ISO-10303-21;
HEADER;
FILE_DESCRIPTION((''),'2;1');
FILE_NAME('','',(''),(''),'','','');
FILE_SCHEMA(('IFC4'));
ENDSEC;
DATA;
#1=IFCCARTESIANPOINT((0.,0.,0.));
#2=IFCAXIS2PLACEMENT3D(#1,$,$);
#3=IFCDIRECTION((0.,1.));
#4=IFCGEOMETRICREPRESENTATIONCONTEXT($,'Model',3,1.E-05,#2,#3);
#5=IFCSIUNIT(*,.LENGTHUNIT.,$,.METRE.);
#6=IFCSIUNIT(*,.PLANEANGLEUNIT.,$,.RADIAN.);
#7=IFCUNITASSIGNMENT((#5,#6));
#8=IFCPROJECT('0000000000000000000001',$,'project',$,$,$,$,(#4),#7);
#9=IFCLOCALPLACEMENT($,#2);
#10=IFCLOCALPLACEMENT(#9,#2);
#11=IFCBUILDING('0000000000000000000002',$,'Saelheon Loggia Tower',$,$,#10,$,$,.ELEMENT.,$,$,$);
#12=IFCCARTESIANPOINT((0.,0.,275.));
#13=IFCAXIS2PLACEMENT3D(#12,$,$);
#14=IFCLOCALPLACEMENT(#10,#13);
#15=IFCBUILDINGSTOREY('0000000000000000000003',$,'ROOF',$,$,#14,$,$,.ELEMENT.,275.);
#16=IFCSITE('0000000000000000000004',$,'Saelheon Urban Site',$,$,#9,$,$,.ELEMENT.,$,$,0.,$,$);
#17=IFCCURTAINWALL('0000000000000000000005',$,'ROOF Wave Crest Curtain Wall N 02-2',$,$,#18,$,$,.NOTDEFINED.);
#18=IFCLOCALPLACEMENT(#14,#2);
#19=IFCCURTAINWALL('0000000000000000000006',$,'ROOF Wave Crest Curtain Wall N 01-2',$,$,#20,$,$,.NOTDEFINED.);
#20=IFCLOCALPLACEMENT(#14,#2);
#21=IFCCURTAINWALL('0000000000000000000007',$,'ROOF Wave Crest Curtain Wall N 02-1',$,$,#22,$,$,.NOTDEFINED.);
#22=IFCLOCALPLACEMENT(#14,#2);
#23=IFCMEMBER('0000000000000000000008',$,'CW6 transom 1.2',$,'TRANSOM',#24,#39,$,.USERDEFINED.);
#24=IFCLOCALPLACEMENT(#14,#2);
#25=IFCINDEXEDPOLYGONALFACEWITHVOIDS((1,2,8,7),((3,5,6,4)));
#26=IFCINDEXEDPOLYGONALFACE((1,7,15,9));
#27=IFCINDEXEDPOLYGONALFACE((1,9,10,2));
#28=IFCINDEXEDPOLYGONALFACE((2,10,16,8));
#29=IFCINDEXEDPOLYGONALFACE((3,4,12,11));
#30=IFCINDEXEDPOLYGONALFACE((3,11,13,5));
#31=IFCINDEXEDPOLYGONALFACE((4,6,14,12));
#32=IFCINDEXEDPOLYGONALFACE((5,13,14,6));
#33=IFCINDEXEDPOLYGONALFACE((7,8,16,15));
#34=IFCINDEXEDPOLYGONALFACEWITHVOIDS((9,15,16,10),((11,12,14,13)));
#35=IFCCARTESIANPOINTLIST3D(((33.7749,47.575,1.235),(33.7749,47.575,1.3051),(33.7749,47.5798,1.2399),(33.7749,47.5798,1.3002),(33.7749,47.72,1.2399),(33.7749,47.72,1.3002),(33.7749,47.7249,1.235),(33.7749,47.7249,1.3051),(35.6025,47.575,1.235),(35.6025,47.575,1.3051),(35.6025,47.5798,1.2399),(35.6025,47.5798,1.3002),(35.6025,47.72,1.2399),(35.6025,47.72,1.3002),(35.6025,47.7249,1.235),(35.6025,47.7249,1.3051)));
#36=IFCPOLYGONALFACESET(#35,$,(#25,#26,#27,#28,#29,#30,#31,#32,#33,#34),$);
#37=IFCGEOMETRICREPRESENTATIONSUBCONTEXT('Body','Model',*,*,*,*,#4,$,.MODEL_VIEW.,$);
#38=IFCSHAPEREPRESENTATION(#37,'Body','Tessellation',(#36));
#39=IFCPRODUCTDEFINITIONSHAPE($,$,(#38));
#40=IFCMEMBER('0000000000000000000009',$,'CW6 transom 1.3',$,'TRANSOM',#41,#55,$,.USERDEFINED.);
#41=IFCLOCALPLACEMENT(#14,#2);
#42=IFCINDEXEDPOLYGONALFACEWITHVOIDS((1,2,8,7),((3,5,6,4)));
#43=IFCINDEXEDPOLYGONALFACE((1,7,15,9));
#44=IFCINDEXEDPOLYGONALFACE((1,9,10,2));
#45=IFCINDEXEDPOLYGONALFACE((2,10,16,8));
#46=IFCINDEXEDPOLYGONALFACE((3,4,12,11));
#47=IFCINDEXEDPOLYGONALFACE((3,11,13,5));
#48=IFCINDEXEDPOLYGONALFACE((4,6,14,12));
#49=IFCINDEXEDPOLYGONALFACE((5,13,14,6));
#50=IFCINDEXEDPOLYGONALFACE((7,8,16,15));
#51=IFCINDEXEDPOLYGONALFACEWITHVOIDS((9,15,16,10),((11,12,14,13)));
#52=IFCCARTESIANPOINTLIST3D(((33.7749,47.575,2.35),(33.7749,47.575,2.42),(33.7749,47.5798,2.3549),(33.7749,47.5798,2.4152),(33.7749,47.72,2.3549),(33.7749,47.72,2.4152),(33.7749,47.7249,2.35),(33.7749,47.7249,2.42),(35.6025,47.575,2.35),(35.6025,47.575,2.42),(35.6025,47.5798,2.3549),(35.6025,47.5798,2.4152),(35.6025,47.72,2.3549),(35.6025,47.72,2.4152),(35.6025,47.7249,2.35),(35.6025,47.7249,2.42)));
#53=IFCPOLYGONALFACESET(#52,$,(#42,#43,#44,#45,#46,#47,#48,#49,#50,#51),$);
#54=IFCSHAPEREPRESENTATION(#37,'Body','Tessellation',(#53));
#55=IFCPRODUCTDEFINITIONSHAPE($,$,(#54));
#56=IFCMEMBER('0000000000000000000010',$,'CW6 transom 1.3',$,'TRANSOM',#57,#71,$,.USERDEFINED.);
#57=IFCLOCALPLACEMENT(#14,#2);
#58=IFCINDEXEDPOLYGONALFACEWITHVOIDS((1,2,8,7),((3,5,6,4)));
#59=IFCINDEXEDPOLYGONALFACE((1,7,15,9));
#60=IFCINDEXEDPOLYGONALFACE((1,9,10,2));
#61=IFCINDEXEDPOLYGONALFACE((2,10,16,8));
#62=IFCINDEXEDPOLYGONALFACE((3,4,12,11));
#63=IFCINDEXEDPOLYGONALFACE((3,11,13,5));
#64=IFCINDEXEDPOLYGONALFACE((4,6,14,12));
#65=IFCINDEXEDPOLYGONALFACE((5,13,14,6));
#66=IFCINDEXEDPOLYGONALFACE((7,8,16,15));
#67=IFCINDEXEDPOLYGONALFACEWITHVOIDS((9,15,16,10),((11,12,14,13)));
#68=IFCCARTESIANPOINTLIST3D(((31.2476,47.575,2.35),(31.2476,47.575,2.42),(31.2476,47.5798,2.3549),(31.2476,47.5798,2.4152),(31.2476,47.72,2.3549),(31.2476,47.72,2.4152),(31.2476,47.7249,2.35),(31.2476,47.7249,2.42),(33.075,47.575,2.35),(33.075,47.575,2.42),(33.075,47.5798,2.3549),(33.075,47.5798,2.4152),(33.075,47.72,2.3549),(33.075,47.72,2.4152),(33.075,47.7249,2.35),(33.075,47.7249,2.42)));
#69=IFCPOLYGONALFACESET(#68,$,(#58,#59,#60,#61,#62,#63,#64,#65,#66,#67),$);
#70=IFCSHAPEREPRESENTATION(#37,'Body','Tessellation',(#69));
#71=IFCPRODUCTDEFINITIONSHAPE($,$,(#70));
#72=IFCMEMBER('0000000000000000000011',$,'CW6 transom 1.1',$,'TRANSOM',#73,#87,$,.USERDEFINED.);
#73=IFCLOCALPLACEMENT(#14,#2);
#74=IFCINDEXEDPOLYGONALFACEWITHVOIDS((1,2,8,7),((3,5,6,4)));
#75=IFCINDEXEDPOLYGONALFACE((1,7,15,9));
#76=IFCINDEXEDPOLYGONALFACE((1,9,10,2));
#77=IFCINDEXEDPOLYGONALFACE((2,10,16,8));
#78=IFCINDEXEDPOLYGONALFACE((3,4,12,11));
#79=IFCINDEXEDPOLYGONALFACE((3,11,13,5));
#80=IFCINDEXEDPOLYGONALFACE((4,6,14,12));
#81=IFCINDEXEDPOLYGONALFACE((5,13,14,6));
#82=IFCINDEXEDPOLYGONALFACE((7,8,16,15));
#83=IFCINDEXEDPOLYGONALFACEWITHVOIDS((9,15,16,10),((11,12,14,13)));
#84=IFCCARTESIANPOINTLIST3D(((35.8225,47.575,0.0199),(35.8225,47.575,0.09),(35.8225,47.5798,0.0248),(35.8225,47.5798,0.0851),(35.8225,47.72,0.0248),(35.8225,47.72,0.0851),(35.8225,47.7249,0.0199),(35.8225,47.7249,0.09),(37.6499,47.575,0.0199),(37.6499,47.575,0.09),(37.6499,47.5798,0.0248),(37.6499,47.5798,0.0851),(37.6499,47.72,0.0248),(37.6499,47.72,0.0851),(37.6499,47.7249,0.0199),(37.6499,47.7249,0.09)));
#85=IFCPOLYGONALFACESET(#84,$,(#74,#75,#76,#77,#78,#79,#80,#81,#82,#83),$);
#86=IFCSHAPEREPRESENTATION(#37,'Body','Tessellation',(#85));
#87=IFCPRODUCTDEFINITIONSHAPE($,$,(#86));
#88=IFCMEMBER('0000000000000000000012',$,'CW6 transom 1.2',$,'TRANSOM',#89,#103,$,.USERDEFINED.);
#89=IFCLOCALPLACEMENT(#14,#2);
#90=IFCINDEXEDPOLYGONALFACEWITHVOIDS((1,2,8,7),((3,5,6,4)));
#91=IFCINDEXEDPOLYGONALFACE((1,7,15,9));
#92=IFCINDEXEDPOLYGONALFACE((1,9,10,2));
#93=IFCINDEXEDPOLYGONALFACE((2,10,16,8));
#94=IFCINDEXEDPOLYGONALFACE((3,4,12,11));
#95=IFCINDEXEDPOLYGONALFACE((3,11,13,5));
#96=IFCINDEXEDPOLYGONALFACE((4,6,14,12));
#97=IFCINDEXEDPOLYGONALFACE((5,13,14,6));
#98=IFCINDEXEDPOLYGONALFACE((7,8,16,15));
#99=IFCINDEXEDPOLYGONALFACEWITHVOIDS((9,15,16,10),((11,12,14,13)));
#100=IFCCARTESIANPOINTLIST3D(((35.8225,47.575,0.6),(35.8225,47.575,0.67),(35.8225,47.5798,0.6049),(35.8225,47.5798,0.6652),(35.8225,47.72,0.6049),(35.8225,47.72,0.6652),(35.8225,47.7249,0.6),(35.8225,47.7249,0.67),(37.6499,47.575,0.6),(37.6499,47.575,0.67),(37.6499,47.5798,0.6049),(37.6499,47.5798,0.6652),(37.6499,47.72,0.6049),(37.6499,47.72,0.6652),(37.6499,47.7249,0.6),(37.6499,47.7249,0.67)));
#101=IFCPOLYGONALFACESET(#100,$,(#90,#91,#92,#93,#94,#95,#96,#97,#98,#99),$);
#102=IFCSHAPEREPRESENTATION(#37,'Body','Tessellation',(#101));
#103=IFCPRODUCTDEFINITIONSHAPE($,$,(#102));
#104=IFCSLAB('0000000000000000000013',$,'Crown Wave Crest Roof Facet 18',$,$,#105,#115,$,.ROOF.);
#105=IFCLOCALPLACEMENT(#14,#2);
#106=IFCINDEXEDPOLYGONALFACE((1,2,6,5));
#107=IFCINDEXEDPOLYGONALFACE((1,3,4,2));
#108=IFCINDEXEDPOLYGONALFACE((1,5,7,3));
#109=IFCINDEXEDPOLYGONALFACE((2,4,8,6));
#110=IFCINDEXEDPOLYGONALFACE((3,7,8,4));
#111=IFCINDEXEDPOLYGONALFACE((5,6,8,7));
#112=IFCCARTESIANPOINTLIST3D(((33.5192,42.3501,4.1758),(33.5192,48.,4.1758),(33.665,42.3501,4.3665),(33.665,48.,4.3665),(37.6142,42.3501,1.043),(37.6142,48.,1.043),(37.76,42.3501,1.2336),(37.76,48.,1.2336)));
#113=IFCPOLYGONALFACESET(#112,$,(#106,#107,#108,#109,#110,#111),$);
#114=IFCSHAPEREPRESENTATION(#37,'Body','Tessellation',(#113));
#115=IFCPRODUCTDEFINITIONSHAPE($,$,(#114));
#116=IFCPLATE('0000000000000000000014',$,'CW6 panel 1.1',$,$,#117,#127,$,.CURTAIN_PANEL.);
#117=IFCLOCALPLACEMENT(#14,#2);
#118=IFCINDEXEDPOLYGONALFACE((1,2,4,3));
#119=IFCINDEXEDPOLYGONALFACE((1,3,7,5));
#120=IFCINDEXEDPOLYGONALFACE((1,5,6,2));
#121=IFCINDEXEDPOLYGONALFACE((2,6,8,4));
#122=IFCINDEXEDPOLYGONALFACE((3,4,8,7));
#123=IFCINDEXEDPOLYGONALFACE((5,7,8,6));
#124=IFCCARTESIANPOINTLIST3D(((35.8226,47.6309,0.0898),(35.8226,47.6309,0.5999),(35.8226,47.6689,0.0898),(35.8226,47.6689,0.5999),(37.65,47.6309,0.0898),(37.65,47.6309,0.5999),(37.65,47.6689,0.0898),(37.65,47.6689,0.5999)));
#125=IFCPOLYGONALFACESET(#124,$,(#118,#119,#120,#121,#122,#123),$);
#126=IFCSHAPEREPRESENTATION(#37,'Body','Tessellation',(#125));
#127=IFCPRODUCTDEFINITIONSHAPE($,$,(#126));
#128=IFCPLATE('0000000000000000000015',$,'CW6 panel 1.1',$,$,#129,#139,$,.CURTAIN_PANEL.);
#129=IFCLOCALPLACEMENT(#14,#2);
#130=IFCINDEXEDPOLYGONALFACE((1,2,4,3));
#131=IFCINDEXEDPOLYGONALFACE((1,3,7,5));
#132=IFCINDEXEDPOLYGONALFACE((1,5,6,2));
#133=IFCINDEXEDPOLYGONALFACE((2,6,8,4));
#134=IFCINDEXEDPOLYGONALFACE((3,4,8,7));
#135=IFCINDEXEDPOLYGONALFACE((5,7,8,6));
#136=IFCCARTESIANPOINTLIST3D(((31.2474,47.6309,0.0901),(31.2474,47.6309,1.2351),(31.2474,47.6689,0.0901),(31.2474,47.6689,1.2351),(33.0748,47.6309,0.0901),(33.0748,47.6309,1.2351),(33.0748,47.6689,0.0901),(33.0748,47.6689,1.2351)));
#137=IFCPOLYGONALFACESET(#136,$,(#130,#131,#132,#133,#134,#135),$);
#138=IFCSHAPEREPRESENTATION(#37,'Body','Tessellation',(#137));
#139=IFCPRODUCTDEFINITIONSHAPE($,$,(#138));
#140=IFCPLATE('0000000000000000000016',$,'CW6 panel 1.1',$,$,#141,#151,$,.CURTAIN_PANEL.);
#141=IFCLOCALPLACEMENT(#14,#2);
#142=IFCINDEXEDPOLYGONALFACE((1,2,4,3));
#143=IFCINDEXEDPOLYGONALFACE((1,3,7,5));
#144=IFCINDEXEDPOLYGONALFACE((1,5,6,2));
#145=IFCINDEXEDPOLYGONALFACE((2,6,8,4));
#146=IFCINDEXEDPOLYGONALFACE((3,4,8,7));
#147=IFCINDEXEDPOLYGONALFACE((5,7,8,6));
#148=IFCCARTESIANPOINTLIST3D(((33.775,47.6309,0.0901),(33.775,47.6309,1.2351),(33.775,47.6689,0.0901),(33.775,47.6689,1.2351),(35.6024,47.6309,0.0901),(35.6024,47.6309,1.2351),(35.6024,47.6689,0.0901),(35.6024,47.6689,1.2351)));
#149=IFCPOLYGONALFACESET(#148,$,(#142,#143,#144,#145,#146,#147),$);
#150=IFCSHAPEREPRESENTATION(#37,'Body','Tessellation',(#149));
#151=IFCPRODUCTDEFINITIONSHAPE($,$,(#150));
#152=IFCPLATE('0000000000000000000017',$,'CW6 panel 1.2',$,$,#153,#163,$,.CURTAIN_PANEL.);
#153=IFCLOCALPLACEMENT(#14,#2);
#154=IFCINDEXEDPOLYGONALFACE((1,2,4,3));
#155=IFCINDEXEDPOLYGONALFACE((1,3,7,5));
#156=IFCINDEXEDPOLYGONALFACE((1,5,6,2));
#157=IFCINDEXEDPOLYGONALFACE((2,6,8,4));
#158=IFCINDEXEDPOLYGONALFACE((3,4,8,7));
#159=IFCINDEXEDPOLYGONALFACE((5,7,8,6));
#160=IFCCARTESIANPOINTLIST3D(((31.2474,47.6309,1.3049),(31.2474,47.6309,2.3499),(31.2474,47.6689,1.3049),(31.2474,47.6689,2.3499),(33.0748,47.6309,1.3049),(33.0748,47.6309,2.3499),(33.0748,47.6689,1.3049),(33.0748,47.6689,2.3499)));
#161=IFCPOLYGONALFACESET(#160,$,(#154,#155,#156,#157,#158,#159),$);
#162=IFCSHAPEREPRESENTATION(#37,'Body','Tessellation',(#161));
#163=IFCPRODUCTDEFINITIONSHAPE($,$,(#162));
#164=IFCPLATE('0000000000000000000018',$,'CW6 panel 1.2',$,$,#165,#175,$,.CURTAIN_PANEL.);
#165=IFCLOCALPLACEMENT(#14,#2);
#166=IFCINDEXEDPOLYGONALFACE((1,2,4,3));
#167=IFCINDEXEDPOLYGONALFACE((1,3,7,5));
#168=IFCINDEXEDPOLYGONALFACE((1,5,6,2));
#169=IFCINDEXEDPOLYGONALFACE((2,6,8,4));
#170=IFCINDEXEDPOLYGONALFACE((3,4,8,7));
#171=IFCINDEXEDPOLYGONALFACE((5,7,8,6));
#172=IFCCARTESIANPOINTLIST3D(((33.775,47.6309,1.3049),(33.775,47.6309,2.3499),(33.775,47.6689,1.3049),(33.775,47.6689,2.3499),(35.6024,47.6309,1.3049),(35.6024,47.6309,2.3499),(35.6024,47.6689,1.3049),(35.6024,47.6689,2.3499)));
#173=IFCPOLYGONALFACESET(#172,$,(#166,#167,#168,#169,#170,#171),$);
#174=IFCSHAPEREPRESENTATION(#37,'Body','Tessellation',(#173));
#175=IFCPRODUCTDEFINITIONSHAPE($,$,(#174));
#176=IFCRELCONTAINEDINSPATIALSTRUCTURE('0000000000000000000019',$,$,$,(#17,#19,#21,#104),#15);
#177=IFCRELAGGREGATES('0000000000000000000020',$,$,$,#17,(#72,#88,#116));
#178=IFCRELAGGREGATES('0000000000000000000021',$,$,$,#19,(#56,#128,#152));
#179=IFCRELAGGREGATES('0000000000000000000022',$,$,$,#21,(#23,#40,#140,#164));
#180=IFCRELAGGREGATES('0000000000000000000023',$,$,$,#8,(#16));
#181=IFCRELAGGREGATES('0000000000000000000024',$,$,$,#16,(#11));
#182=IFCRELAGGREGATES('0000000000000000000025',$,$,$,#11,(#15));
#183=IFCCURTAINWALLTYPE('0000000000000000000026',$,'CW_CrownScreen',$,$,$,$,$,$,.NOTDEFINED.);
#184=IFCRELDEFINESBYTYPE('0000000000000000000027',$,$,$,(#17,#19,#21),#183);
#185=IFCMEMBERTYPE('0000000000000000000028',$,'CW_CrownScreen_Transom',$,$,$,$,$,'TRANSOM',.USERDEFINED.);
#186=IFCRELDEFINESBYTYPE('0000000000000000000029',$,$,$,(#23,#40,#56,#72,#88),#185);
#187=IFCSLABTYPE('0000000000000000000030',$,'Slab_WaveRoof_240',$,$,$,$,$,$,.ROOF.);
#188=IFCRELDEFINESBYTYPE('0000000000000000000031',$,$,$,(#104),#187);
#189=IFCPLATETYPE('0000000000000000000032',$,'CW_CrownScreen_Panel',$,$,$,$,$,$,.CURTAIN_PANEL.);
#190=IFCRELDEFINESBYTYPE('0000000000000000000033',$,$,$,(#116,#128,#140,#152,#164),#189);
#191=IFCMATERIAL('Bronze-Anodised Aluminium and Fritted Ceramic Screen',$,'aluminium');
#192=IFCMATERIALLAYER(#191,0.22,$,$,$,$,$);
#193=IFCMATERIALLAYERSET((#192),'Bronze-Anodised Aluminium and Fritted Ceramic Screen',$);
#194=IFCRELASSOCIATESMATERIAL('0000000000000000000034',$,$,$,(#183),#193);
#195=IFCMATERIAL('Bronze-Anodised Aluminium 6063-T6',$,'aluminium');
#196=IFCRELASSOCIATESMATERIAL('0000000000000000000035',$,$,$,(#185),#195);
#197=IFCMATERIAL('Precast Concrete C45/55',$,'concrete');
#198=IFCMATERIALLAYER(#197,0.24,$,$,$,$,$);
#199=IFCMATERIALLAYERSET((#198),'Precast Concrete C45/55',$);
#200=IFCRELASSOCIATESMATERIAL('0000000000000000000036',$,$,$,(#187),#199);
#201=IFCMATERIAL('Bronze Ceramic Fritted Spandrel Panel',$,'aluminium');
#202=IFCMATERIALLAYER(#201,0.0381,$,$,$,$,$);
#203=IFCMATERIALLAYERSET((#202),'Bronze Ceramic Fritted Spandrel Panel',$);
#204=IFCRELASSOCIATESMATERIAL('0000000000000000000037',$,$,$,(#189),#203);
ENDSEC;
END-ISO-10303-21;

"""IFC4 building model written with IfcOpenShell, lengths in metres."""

from ifc_helpers import new_model, si_unit, direction, frame, origin, origin_2d, place, context, subcontext, project, spatial, polyline, rectangle, hollow_rectangle, outline, extrude, source, transform, mapped, material, layer, layer_set, material_profile, profile_set, type_object, element, aggregate, save


model = new_model("IFC4")

# Units and contexts
model_context = context("Model", 3, precision=1e-05, world=origin(), true_north=direction((0.0, 1.0)))
body_context = subcontext(model_context, "Body", "Model", "MODEL_VIEW")
ifc_project = project(units=[si_unit("LENGTHUNIT", "METRE"), si_unit("PLANEANGLEUNIT", "RADIAN")], contexts=[model_context])

# Site, building, storey
site_placement = place(None, origin())
site = spatial("IfcSite", under=ifc_project, at=site_placement, Name="Saelheon Urban Site", CompositionType="ELEMENT", RefElevation=0.0)
building_placement = place(site_placement, origin())
building = spatial("IfcBuilding", under=site, at=building_placement, Name="Saelheon Loggia Tower", CompositionType="ELEMENT")
storey_placement = place(building_placement, frame((0.0, 0.0, 275.0)))
storey = spatial("IfcBuildingStorey", under=building, at=storey_placement, Name="ROOF", CompositionType="ELEMENT", Elevation=275.0)

# Curtain walls
ifc_material_1 = material(Name="Bronze-Anodised Aluminium and Fritted Ceramic Screen", Category="aluminium")
ifc_layer_1 = layer(ifc_material_1, 0.22)
ifc_layer_set_1 = layer_set([ifc_layer_1], Name="Bronze-Anodised Aluminium and Fritted Ceramic Screen")
curtain_wall_type = type_object("IfcCurtainWallType", Name="CW_CrownScreen", PredefinedType="NOTDEFINED", material=ifc_layer_set_1)
curtain_wall_1_placement = place(storey_placement, origin())
curtain_wall_1 = element("IfcCurtainWall", 1, at=curtain_wall_1_placement, inside=storey, type_object=curtain_wall_type, Name="ROOF Wave Crest Curtain Wall N 02-2", PredefinedType="NOTDEFINED")
ifc_material_2 = material(Name="Bronze-Anodised Aluminium 6063-T6", Category="aluminium")
curtain_wall_2_placement = place(storey_placement, origin())
curtain_wall_2 = element("IfcCurtainWall", 2, at=curtain_wall_2_placement, inside=storey, type_object=curtain_wall_type, Name="ROOF Wave Crest Curtain Wall N 01-2", PredefinedType="NOTDEFINED")

# Curtain wall, members
curtain_wall_3_placement = place(storey_placement, origin())
curtain_wall_3 = element("IfcCurtainWall", 3, at=curtain_wall_3_placement, inside=storey, type_object=curtain_wall_type, Name="ROOF Wave Crest Curtain Wall N 02-1", PredefinedType="NOTDEFINED")
ifc_material_profile_1 = material_profile(ifc_material_2, hollow_rectangle(XDim=0.0701, YDim=0.1499, WallThickness=0.0049, at=origin_2d()), Name="RHS-150x70x5")
ifc_profile_set_1 = profile_set([ifc_material_profile_1], Name="Bronze-Anodised Aluminium 6063-T6")
member_type_1 = type_object("IfcMemberType", Name="CW_CrownScreen_Transom", ElementType="TRANSOM", PredefinedType="USERDEFINED", material=ifc_profile_set_1)
shared_shape_1 = source(origin(), body_context, "Body", "SweptSolid", [
    extrude(hollow_rectangle(XDim=0.0701, YDim=0.1499, WallThickness=0.0049, at=origin_2d()), origin(), (0.0, 0.0, 1.0), 1.8276),
])
member_1_placement = place(storey_placement, frame((33.7749, 47.6499, 1.27), z_axis=(1.0, 0.0, 0.0), x_axis=(0.0, 0.0, 1.0)))
member_1 = element("IfcMember", 4, at=member_1_placement, type_object=member_type_1, Name="CW6 transom 1.2", ObjectType="TRANSOM", PredefinedType="USERDEFINED", context=body_context, shape_type="MappedRepresentation", body=[
    mapped(shared_shape_1, transform((0.0, 0.0, 0.0), scale=1.0)),
])
member_2_placement = place(storey_placement, frame((33.7749, 47.6499, 2.385), z_axis=(1.0, 0.0, 0.0), x_axis=(0.0, 0.0, 1.0)))
member_2 = element("IfcMember", 5, at=member_2_placement, type_object=member_type_1, Name="CW6 transom 1.3", ObjectType="TRANSOM", PredefinedType="USERDEFINED", context=body_context, shape_type="MappedRepresentation", body=[
    mapped(shared_shape_1, transform((0.0, 0.0, 0.0), scale=1.0)),
])

# Members
shared_shape_2 = source(origin(), body_context, "Body", "SweptSolid", [
    extrude(hollow_rectangle(XDim=0.0701, YDim=0.1499, WallThickness=0.0049, at=origin_2d()), origin(), (0.0, 0.0, 1.0), 1.8274),
])
member_3_placement = place(storey_placement, frame((31.2476, 47.6499, 2.385), z_axis=(1.0, 0.0, 0.0), x_axis=(0.0, 0.0, 1.0)))
member_3 = element("IfcMember", 6, at=member_3_placement, type_object=member_type_1, Name="CW6 transom 1.3", ObjectType="TRANSOM", PredefinedType="USERDEFINED", context=body_context, shape_type="MappedRepresentation", body=[
    mapped(shared_shape_2, transform((0.0, 0.0, 0.0), scale=1.0)),
])
member_4_placement = place(storey_placement, frame((35.8225, 47.6499, 0.0549), z_axis=(1.0, 0.0, 0.0), x_axis=(0.0, 0.0, 1.0)))
member_4 = element("IfcMember", 7, at=member_4_placement, type_object=member_type_1, Name="CW6 transom 1.1", ObjectType="TRANSOM", PredefinedType="USERDEFINED", context=body_context, shape_type="MappedRepresentation", body=[
    mapped(shared_shape_2, transform((0.0, 0.0, 0.0), scale=1.0)),
])
member_5_placement = place(storey_placement, frame((35.8225, 47.6499, 0.635), z_axis=(1.0, 0.0, 0.0), x_axis=(0.0, 0.0, 1.0)))
member_5 = element("IfcMember", 8, at=member_5_placement, type_object=member_type_1, Name="CW6 transom 1.2", ObjectType="TRANSOM", PredefinedType="USERDEFINED", context=body_context, shape_type="MappedRepresentation", body=[
    mapped(shared_shape_2, transform((0.0, 0.0, 0.0), scale=1.0)),
])

# Slab
ifc_material_3 = material(Name="Precast Concrete C45/55", Category="concrete")
ifc_layer_2 = layer(ifc_material_3, 0.24)
ifc_layer_set_2 = layer_set([ifc_layer_2], Name="Precast Concrete C45/55")
slab_type = type_object("IfcSlabType", Name="Slab_WaveRoof_240", PredefinedType="ROOF", material=ifc_layer_set_2)
slab_placement = place(storey_placement, frame((33.665, 42.3501, 4.3665), z_axis=(0.607617, 0.0, 0.79423), x_axis=(0.0, 1.0, 0.0)))
element("IfcSlab", 9, at=slab_placement, inside=storey, type_object=slab_type, Name="Crown Wave Crest Roof Facet 18", PredefinedType="ROOF", context=body_context, shape_type="SweptSolid", body=[
    extrude(outline(polyline([(0.0, 0.0), (5.6499, 0.0), (5.6499, -5.1559), (0.0, -5.1559), (0.0, 0.0)])), origin(), (0.0, 0.0, -1.0), 0.24),
])

# Plates
ifc_material_4 = material(Name="Bronze Ceramic Fritted Spandrel Panel", Category="aluminium")
ifc_layer_3 = layer(ifc_material_4, 0.0381)
ifc_layer_set_3 = layer_set([ifc_layer_3], Name="Bronze Ceramic Fritted Spandrel Panel")
plate_type = type_object("IfcPlateType", Name="CW_CrownScreen_Panel", PredefinedType="CURTAIN_PANEL", material=ifc_layer_set_3)
shared_shape_3 = source(origin(), body_context, "Body", "SweptSolid", [
    extrude(rectangle(XDim=1.8274, YDim=0.0381, at=origin_2d()), origin(), (0.0, 0.0, 1.0), 0.51),
])
plate_1_placement = place(storey_placement, frame((36.7363, 47.6499, 0.0898), z_axis=(0.0, 0.0, 1.0), x_axis=(1.0, 0.0, 0.0)))
plate_1 = element("IfcPlate", 10, at=plate_1_placement, type_object=plate_type, Name="CW6 panel 1.1", PredefinedType="CURTAIN_PANEL", context=body_context, shape_type="MappedRepresentation", body=[
    mapped(shared_shape_3, transform((0.0, 0.0, 0.0), scale=1.0)),
])
aggregate(curtain_wall_1, [member_4, member_5, plate_1])
shared_shape_4 = source(origin(), body_context, "Body", "SweptSolid", [
    extrude(rectangle(XDim=1.8274, YDim=0.0381, at=origin_2d()), origin(), (0.0, 0.0, 1.0), 1.145),
])
plate_2_placement = place(storey_placement, frame((32.1611, 47.6499, 0.0901), z_axis=(0.0, 0.0, 1.0), x_axis=(1.0, 0.0, 0.0)))
plate_2 = element("IfcPlate", 11, at=plate_2_placement, type_object=plate_type, Name="CW6 panel 1.1", PredefinedType="CURTAIN_PANEL", context=body_context, shape_type="MappedRepresentation", body=[
    mapped(shared_shape_4, transform((0.0, 0.0, 0.0), scale=1.0)),
])
plate_3_placement = place(storey_placement, frame((34.6887, 47.6499, 0.0901), z_axis=(0.0, 0.0, 1.0), x_axis=(1.0, 0.0, 0.0)))
plate_3 = element("IfcPlate", 12, at=plate_3_placement, type_object=plate_type, Name="CW6 panel 1.1", PredefinedType="CURTAIN_PANEL", context=body_context, shape_type="MappedRepresentation", body=[
    mapped(shared_shape_4, transform((0.0, 0.0, 0.0), scale=1.0)),
])
shared_shape_5 = source(origin(), body_context, "Body", "SweptSolid", [
    extrude(rectangle(XDim=1.8274, YDim=0.0381, at=origin_2d()), origin(), (0.0, 0.0, 1.0), 1.0449),
])
plate_4_placement = place(storey_placement, frame((32.1611, 47.6499, 1.3049), z_axis=(0.0, 0.0, 1.0), x_axis=(1.0, 0.0, 0.0)))
plate_4 = element("IfcPlate", 13, at=plate_4_placement, type_object=plate_type, Name="CW6 panel 1.2", PredefinedType="CURTAIN_PANEL", context=body_context, shape_type="MappedRepresentation", body=[
    mapped(shared_shape_5, transform((0.0, 0.0, 0.0), scale=1.0)),
])
aggregate(curtain_wall_2, [member_3, plate_2, plate_4])
plate_5_placement = place(storey_placement, frame((34.6887, 47.6499, 1.3049), z_axis=(0.0, 0.0, 1.0), x_axis=(1.0, 0.0, 0.0)))
plate_5 = element("IfcPlate", 14, at=plate_5_placement, type_object=plate_type, Name="CW6 panel 1.2", PredefinedType="CURTAIN_PANEL", context=body_context, shape_type="MappedRepresentation", body=[
    mapped(shared_shape_5, transform((0.0, 0.0, 0.0), scale=1.0)),
])
aggregate(curtain_wall_3, [member_1, member_2, plate_3, plate_5])

save(model, "model.ifc")
